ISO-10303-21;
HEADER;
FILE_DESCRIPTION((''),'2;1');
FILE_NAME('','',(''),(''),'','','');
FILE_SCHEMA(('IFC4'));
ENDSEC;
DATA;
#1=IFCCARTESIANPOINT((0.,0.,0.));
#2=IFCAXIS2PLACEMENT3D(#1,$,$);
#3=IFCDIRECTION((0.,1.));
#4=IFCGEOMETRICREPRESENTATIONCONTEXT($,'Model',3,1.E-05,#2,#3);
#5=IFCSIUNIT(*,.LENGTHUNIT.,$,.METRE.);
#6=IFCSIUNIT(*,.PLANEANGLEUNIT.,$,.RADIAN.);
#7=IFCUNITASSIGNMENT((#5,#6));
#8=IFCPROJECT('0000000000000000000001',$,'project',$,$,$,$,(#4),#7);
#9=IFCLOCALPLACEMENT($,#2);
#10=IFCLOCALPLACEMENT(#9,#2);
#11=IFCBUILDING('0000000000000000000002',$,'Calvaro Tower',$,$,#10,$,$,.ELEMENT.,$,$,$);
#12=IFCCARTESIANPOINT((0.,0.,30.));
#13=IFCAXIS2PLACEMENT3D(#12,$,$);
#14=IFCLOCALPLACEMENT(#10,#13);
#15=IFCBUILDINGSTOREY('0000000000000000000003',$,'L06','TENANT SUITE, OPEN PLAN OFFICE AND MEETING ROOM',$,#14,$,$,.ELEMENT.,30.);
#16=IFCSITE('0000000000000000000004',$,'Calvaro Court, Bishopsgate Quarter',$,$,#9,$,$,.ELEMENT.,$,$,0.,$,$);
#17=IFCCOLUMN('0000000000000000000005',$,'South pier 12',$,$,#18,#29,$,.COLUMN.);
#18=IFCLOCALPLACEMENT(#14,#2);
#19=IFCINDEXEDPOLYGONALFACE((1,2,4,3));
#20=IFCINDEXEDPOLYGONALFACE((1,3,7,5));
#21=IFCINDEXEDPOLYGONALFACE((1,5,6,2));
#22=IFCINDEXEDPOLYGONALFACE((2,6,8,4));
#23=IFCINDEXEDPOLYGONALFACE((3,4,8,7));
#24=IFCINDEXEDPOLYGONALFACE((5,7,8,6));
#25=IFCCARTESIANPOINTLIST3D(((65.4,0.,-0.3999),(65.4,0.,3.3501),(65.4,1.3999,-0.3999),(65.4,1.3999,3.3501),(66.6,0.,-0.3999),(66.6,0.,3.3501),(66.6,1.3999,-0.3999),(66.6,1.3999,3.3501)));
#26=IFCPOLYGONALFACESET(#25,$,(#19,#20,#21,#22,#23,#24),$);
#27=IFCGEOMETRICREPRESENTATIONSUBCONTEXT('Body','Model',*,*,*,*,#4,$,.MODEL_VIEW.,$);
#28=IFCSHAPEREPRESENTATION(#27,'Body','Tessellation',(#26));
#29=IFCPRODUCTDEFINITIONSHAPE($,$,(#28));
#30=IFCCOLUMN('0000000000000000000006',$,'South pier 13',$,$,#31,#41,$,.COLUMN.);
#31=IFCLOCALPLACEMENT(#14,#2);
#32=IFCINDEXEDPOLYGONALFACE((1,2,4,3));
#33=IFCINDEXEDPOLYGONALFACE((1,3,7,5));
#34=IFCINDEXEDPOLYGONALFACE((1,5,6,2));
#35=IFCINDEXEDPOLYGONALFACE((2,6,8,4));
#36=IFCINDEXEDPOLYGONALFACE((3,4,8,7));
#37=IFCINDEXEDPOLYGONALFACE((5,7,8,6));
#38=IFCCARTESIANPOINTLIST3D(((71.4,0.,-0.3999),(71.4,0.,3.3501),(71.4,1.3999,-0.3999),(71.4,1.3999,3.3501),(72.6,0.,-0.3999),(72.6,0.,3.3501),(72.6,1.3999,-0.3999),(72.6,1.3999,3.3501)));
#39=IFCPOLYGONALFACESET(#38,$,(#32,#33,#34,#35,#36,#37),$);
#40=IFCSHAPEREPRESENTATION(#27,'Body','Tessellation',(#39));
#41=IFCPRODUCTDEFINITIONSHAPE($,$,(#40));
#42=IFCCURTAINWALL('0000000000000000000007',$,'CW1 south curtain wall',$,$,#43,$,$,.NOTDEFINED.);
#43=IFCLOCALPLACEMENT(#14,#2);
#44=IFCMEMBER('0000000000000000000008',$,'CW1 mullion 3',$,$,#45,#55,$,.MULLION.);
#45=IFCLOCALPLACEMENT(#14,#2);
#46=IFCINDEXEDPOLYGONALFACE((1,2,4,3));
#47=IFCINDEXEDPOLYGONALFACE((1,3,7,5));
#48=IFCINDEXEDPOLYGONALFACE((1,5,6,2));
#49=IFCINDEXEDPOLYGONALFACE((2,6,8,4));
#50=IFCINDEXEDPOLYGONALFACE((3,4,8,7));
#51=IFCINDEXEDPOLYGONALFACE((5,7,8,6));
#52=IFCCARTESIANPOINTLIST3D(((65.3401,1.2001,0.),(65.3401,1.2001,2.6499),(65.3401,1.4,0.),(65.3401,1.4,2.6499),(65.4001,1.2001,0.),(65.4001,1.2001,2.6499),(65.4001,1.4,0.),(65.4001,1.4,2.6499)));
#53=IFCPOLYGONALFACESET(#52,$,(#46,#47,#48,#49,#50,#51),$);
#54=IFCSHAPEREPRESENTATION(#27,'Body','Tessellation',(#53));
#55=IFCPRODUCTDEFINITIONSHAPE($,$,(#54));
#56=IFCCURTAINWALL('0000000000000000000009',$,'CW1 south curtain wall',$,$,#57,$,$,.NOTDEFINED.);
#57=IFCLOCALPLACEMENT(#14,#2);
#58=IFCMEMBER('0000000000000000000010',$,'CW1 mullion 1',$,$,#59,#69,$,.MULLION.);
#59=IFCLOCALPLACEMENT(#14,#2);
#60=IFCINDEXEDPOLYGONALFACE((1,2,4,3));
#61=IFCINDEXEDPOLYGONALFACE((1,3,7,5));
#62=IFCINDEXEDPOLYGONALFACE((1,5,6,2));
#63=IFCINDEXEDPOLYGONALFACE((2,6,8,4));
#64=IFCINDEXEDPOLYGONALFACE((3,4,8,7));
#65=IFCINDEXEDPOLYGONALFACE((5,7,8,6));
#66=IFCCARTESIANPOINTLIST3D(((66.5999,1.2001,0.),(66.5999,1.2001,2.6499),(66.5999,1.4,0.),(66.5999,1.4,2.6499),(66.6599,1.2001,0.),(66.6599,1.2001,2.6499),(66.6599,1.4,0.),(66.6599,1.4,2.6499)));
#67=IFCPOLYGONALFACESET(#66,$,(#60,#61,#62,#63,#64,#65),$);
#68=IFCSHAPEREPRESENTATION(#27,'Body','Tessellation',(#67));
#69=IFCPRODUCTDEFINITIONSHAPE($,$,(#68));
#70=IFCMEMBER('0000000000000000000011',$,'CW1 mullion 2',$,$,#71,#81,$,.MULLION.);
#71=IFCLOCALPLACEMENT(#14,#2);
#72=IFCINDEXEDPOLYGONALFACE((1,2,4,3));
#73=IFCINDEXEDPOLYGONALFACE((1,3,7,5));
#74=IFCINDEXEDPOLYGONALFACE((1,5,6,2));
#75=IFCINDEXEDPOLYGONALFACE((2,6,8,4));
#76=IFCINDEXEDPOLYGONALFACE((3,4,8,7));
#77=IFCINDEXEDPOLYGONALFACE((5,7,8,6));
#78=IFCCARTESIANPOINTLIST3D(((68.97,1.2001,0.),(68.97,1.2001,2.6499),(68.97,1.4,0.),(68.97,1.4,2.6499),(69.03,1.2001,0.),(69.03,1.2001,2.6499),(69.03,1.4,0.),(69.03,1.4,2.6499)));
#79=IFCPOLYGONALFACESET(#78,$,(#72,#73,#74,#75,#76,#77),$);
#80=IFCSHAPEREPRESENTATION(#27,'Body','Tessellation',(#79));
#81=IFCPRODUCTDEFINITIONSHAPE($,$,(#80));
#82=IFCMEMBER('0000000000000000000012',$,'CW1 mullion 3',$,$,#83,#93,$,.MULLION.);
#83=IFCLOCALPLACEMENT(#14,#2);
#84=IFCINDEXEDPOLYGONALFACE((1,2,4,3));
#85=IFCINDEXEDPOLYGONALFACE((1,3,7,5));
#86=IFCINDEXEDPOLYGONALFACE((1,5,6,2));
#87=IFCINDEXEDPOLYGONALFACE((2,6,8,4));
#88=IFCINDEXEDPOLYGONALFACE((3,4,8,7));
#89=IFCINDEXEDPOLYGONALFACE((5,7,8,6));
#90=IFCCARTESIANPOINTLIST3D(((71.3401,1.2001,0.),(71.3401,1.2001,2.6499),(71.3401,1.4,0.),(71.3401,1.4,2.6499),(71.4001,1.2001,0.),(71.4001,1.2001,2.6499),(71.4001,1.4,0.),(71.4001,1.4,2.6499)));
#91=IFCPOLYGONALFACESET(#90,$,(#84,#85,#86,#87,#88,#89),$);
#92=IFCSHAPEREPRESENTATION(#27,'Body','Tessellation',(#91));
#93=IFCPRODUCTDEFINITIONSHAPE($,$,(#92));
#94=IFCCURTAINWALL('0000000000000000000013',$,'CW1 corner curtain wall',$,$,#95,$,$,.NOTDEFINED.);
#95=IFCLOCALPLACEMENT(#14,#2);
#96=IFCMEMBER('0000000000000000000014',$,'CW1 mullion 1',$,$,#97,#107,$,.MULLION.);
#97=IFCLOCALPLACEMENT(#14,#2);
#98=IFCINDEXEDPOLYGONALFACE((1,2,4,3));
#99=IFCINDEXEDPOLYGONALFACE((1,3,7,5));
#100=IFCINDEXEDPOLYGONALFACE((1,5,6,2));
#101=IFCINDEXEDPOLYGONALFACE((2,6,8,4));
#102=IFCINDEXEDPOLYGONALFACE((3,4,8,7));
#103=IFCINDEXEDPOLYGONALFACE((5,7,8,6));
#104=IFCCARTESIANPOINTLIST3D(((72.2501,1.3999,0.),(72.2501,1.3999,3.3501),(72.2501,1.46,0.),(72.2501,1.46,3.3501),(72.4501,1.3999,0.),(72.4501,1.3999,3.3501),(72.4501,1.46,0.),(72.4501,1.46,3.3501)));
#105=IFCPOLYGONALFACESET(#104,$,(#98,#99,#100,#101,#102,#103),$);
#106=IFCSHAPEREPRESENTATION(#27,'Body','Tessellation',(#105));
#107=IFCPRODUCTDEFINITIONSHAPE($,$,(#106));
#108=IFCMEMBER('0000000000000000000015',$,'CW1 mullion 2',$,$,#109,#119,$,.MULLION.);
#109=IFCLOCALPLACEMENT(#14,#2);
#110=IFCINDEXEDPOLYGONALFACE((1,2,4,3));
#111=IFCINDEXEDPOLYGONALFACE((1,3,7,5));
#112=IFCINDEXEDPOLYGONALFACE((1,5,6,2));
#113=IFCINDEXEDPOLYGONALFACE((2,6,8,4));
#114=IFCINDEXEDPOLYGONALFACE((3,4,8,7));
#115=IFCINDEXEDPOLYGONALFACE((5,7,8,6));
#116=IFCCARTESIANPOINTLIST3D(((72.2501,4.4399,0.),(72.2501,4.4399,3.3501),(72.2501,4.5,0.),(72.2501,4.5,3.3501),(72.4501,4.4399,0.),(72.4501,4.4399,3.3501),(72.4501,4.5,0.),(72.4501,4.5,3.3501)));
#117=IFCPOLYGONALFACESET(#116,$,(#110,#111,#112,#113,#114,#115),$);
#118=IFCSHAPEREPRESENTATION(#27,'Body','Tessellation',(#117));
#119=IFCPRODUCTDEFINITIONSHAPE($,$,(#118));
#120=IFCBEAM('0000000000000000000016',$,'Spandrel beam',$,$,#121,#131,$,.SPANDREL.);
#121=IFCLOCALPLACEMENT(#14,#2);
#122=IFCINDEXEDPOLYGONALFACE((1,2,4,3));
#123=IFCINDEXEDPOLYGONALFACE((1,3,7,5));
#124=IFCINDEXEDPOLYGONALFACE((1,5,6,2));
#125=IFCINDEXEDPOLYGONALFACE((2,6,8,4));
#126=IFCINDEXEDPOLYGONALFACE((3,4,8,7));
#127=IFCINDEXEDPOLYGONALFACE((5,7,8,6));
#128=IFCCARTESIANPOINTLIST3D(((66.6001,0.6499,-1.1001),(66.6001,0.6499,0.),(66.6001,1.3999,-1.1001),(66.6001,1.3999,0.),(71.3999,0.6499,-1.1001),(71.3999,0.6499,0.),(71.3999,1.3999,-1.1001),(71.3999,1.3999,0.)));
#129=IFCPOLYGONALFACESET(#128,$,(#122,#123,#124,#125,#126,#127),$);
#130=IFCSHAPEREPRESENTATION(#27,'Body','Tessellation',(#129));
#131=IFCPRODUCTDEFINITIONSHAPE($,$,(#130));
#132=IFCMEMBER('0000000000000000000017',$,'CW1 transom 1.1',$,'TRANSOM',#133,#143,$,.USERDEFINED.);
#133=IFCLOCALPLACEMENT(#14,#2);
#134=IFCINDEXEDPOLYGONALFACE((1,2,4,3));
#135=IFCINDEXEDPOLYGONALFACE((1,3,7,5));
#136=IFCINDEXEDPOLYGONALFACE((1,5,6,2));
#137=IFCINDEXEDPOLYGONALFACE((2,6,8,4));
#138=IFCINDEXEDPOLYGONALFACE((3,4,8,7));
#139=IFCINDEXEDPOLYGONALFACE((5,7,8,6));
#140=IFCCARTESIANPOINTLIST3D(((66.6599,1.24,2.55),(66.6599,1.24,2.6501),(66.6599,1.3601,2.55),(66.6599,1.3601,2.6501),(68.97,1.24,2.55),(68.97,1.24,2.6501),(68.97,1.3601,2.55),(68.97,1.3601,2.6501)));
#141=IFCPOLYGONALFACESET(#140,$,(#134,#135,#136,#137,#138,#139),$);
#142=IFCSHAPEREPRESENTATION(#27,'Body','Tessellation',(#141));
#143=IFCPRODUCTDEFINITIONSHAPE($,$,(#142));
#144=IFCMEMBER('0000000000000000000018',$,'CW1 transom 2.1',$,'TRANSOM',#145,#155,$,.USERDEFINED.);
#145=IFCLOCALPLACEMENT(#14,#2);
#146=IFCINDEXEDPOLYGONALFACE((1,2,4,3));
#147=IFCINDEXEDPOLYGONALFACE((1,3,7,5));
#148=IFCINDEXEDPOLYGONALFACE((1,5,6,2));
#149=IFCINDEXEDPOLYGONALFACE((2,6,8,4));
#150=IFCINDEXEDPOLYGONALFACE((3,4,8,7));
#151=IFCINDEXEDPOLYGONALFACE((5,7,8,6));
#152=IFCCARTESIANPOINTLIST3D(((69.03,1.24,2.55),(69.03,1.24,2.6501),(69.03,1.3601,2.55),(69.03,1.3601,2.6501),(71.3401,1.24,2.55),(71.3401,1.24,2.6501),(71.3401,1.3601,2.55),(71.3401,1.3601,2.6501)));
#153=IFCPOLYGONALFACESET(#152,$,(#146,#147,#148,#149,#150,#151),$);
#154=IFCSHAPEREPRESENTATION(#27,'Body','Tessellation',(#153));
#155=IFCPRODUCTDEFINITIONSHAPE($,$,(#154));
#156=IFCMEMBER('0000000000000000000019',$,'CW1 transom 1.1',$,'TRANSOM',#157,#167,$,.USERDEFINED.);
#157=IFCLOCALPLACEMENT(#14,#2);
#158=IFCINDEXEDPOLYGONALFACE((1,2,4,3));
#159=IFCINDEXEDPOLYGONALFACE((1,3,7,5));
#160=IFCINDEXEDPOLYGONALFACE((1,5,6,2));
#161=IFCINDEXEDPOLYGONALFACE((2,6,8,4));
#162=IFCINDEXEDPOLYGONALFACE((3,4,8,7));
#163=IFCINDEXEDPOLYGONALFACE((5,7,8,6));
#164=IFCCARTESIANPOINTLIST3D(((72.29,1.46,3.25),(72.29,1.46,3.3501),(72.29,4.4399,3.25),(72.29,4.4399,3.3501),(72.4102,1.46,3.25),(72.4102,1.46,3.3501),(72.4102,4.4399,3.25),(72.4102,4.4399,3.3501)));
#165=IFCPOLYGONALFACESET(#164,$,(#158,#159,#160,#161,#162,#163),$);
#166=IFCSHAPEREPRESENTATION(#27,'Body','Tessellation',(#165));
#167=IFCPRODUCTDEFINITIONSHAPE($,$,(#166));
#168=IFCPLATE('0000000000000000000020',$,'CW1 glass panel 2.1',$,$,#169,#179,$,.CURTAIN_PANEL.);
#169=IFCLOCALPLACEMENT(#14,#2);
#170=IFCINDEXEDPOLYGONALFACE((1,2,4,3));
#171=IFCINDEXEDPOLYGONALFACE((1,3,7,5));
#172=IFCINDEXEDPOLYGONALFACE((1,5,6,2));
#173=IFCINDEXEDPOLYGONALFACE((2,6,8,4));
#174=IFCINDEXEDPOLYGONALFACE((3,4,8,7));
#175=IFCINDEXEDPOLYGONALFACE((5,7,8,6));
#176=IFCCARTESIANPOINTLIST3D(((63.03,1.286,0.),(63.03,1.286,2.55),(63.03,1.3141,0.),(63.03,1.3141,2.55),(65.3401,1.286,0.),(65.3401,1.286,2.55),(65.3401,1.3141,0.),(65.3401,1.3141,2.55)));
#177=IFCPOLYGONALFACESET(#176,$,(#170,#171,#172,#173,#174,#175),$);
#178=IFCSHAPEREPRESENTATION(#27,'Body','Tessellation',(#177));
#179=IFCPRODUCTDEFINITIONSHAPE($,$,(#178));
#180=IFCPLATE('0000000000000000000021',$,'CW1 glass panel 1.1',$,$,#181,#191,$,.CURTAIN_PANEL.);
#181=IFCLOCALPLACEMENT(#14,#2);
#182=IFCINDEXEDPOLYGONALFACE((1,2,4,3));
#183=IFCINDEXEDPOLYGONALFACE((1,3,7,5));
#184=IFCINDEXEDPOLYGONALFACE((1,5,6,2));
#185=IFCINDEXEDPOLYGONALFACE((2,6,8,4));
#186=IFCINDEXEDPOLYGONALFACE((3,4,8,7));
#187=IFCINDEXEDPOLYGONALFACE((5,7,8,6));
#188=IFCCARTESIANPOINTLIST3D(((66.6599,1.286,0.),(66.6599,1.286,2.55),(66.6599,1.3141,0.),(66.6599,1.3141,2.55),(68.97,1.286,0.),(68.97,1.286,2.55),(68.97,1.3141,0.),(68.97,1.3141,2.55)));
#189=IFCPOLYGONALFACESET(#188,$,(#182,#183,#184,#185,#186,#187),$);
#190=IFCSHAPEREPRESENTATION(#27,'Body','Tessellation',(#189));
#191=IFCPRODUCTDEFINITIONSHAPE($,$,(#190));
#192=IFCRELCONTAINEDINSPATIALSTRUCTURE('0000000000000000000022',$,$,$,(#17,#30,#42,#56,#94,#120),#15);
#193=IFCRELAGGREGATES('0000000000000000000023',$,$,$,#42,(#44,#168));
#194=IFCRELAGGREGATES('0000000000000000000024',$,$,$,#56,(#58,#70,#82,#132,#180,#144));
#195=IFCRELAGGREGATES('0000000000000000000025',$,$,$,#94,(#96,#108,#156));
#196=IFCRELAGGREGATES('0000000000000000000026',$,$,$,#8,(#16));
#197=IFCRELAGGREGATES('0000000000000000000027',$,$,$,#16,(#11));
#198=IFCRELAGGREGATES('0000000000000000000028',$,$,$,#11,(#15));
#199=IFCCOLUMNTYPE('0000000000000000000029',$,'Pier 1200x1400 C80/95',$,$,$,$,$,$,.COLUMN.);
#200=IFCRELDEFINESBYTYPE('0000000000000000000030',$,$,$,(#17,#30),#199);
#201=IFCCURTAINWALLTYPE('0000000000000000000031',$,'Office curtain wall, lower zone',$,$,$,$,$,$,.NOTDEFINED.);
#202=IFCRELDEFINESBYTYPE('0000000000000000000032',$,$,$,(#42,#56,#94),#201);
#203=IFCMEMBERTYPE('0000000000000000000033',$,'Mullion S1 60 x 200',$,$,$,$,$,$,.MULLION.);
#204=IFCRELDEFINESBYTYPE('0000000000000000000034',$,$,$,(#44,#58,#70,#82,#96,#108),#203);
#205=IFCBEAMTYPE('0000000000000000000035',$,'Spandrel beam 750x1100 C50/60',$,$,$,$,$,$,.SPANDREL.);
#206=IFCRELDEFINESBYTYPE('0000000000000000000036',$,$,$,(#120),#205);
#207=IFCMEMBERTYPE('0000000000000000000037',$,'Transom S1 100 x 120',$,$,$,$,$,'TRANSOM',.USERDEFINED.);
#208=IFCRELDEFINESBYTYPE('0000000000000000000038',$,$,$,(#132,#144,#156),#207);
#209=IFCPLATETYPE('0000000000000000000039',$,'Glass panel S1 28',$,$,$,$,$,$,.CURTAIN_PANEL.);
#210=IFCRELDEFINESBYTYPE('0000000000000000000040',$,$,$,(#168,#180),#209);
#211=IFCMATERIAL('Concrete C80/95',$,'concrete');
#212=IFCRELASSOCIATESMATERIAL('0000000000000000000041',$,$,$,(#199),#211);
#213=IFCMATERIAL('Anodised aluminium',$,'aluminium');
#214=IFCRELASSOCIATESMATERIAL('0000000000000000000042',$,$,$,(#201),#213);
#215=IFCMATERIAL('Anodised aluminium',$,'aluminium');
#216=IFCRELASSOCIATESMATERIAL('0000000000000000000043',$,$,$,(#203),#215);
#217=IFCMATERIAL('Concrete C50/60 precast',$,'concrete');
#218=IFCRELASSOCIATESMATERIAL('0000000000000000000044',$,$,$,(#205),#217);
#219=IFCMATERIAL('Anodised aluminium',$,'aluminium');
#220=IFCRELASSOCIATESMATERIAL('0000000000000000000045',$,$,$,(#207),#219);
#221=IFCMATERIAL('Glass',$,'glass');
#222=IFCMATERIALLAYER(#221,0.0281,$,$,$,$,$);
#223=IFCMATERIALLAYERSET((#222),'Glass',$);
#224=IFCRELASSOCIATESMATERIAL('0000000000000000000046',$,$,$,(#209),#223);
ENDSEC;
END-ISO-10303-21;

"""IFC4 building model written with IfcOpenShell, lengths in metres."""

from ifc_helpers import new_model, si_unit, direction, frame, origin, origin_2d, place, context, subcontext, project, spatial, rectangle, extrude, material, layer, layer_set, material_profile, profile_set, type_object, element, aggregate, save


model = new_model("IFC4")

# Units and contexts
model_context = context("Model", 3, precision=1e-05, world=origin(), true_north=direction((0.0, 1.0)))
body_context = subcontext(model_context, "Body", "Model", "MODEL_VIEW")
ifc_project = project(units=[si_unit("LENGTHUNIT", "METRE"), si_unit("PLANEANGLEUNIT", "RADIAN")], contexts=[model_context])

# Site, building, storey
site_placement = place(None, origin())
site = spatial("IfcSite", under=ifc_project, at=site_placement, Name="Calvaro Court, Bishopsgate Quarter", CompositionType="ELEMENT", RefElevation=0.0)
building_placement = place(site_placement, origin())
building = spatial("IfcBuilding", under=site, at=building_placement, Name="Calvaro Tower", CompositionType="ELEMENT")
storey_placement = place(building_placement, frame((0.0, 0.0, 30.0)))
storey = spatial("IfcBuildingStorey", under=building, at=storey_placement, Name="L06", Description="TENANT SUITE, OPEN PLAN OFFICE AND MEETING ROOM", CompositionType="ELEMENT", Elevation=30.0)

# Columns
ifc_material_1 = material(Name="Concrete C80/95", Category="concrete")
ifc_material_profile_1 = material_profile(ifc_material_1, rectangle(XDim=1.2, YDim=1.3999, at=origin_2d()), Name="RC 1200x1400")
ifc_profile_set_1 = profile_set([ifc_material_profile_1], Name="Concrete C80/95")
column_type = type_object("IfcColumnType", Name="Pier 1200x1400 C80/95", PredefinedType="COLUMN", material=ifc_profile_set_1)
for number, where, z_axis, x_axis, name in (
    (1, (66.0, 0.7, -0.3999), (0.0, 0.0, 1.0), (1.0, 0.0, 0.0), "South pier 12"),
    (2, (72.0, 0.7, -0.3999), (0.0, 0.0, 1.0), (1.0, 0.0, 0.0), "South pier 13"),
):
    element("IfcColumn", number, at=place(storey_placement, frame(where, z_axis=z_axis, x_axis=x_axis)), inside=storey, type_object=column_type, Name=name, PredefinedType="COLUMN", context=body_context, shape_type="SweptSolid", body=[
        extrude(rectangle(XDim=1.2, YDim=1.3999, at=origin_2d()), origin(), (0.0, 0.0, 1.0), 3.75),
    ])

# Curtain wall, member
ifc_material_2 = material(Name="Anodised aluminium", Category="aluminium")
curtain_wall_type = type_object("IfcCurtainWallType", Name="Office curtain wall, lower zone", PredefinedType="NOTDEFINED", material=ifc_material_2)
curtain_wall_1_placement = place(storey_placement, origin())
curtain_wall_1 = element("IfcCurtainWall", 3, at=curtain_wall_1_placement, inside=storey, type_object=curtain_wall_type, Name="CW1 south curtain wall", PredefinedType="NOTDEFINED")
ifc_material_3 = material(Name="Anodised aluminium", Category="aluminium")
ifc_material_profile_2 = material_profile(ifc_material_3, rectangle(XDim=0.2, YDim=0.0601, at=origin_2d()), Name="Mullion S1 60 x 200")
ifc_profile_set_2 = profile_set([ifc_material_profile_2], Name="Anodised aluminium")
member_type_1 = type_object("IfcMemberType", Name="Mullion S1 60 x 200", PredefinedType="MULLION", material=ifc_profile_set_2)
member_1_placement = place(storey_placement, frame((65.3701, 1.3, 0.0), z_axis=(0.0, 0.0, 1.0), x_axis=(0.0, 1.0, 0.0)))
member_1 = element("IfcMember", 4, at=member_1_placement, type_object=member_type_1, Name="CW1 mullion 3", PredefinedType="MULLION", context=body_context, shape_type="SweptSolid", body=[
    extrude(rectangle(XDim=0.2, YDim=0.0601, at=origin_2d()), origin(), (0.0, 0.0, 1.0), 2.6499),
])

# Curtain walls, members
curtain_wall_2_placement = place(storey_placement, origin())
curtain_wall_2 = element("IfcCurtainWall", 5, at=curtain_wall_2_placement, inside=storey, type_object=curtain_wall_type, Name="CW1 south curtain wall", PredefinedType="NOTDEFINED")
member_2_placement = place(storey_placement, frame((66.6299, 1.3, 0.0), z_axis=(0.0, 0.0, 1.0), x_axis=(0.0, 1.0, 0.0)))
member_2 = element("IfcMember", 6, at=member_2_placement, type_object=member_type_1, Name="CW1 mullion 1", PredefinedType="MULLION", context=body_context, shape_type="SweptSolid", body=[
    extrude(rectangle(XDim=0.2, YDim=0.0601, at=origin_2d()), origin(), (0.0, 0.0, 1.0), 2.6499),
])
member_3_placement = place(storey_placement, frame((69.0, 1.3, 0.0), z_axis=(0.0, 0.0, 1.0), x_axis=(0.0, 1.0, 0.0)))
member_3 = element("IfcMember", 7, at=member_3_placement, type_object=member_type_1, Name="CW1 mullion 2", PredefinedType="MULLION", context=body_context, shape_type="SweptSolid", body=[
    extrude(rectangle(XDim=0.2, YDim=0.0601, at=origin_2d()), origin(), (0.0, 0.0, 1.0), 2.6499),
])
member_4_placement = place(storey_placement, frame((71.3701, 1.3, 0.0), z_axis=(0.0, 0.0, 1.0), x_axis=(0.0, 1.0, 0.0)))
member_4 = element("IfcMember", 8, at=member_4_placement, type_object=member_type_1, Name="CW1 mullion 3", PredefinedType="MULLION", context=body_context, shape_type="SweptSolid", body=[
    extrude(rectangle(XDim=0.2, YDim=0.0601, at=origin_2d()), origin(), (0.0, 0.0, 1.0), 2.6499),
])
curtain_wall_3_placement = place(storey_placement, origin())
curtain_wall_3 = element("IfcCurtainWall", 9, at=curtain_wall_3_placement, inside=storey, type_object=curtain_wall_type, Name="CW1 corner curtain wall", PredefinedType="NOTDEFINED")
member_5_placement = place(storey_placement, frame((72.3501, 1.4299, 0.0), z_axis=(0.0, 0.0, 1.0), x_axis=(-1.0, 0.0, 0.0)))
member_5 = element("IfcMember", 10, at=member_5_placement, type_object=member_type_1, Name="CW1 mullion 1", PredefinedType="MULLION", context=body_context, shape_type="SweptSolid", body=[
    extrude(rectangle(XDim=0.2, YDim=0.0601, at=origin_2d()), origin(), (0.0, 0.0, 1.0), 3.3501),
])
member_6_placement = place(storey_placement, frame((72.3501, 4.47, 0.0), z_axis=(0.0, 0.0, 1.0), x_axis=(-1.0, 0.0, 0.0)))
member_6 = element("IfcMember", 11, at=member_6_placement, type_object=member_type_1, Name="CW1 mullion 2", PredefinedType="MULLION", context=body_context, shape_type="SweptSolid", body=[
    extrude(rectangle(XDim=0.2, YDim=0.0601, at=origin_2d()), origin(), (0.0, 0.0, 1.0), 3.3501),
])

# Beam
ifc_material_4 = material(Name="Concrete C50/60 precast", Category="concrete")
ifc_material_profile_3 = material_profile(ifc_material_4, rectangle(XDim=0.75, YDim=1.1001, at=origin_2d()), Name="RC 750x1100")
ifc_profile_set_3 = profile_set([ifc_material_profile_3], Name="Concrete C50/60 precast")
beam_type = type_object("IfcBeamType", Name="Spandrel beam 750x1100 C50/60", PredefinedType="SPANDREL", material=ifc_profile_set_3)
beam_placement = place(storey_placement, frame((66.6001, 1.0249, -0.55), z_axis=(1.0, 0.0, 0.0), x_axis=(0.0, 1.0, 0.0)))
element("IfcBeam", 12, at=beam_placement, inside=storey, type_object=beam_type, Name="Spandrel beam", PredefinedType="SPANDREL", context=body_context, shape_type="SweptSolid", body=[
    extrude(rectangle(XDim=0.75, YDim=1.1001, at=origin_2d()), origin(), (0.0, 0.0, 1.0), 4.7998),
])

# Members
ifc_material_5 = material(Name="Anodised aluminium", Category="aluminium")
ifc_material_profile_4 = material_profile(ifc_material_5, rectangle(XDim=0.1201, YDim=0.1001, at=origin_2d()), Name="Transom S1 100 x 120")
ifc_profile_set_4 = profile_set([ifc_material_profile_4], Name="Anodised aluminium")
member_type_2 = type_object("IfcMemberType", Name="Transom S1 100 x 120", ElementType="TRANSOM", PredefinedType="USERDEFINED", material=ifc_profile_set_4)
member_7_placement = place(storey_placement, frame((66.6599, 1.3, 2.6001), z_axis=(1.0, 0.0, 0.0), x_axis=(0.0, 1.0, 0.0)))
member_7 = element("IfcMember", 13, at=member_7_placement, type_object=member_type_2, Name="CW1 transom 1.1", ObjectType="TRANSOM", PredefinedType="USERDEFINED", context=body_context, shape_type="SweptSolid", body=[
    extrude(rectangle(XDim=0.1201, YDim=0.1001, at=origin_2d()), origin(), (0.0, 0.0, 1.0), 2.3101),
])
member_8_placement = place(storey_placement, frame((69.03, 1.3, 2.6001), z_axis=(1.0, 0.0, 0.0), x_axis=(0.0, 1.0, 0.0)))
member_8 = element("IfcMember", 14, at=member_8_placement, type_object=member_type_2, Name="CW1 transom 2.1", ObjectType="TRANSOM", PredefinedType="USERDEFINED", context=body_context, shape_type="SweptSolid", body=[
    extrude(rectangle(XDim=0.1201, YDim=0.1001, at=origin_2d()), origin(), (0.0, 0.0, 1.0), 2.3101),
])
member_9_placement = place(storey_placement, frame((72.3501, 1.46, 3.3), z_axis=(0.0, 1.0, 0.0), x_axis=(-1.0, 0.0, 0.0)))
member_9 = element("IfcMember", 15, at=member_9_placement, type_object=member_type_2, Name="CW1 transom 1.1", ObjectType="TRANSOM", PredefinedType="USERDEFINED", context=body_context, shape_type="SweptSolid", body=[
    extrude(rectangle(XDim=0.1201, YDim=0.1001, at=origin_2d()), origin(), (0.0, 0.0, 1.0), 2.98),
])

# Plates
ifc_material_6 = material(Name="Glass", Category="glass")
ifc_layer_1 = layer(ifc_material_6, 0.0281)
ifc_layer_set_1 = layer_set([ifc_layer_1], Name="Glass")
plate_type = type_object("IfcPlateType", Name="Glass panel S1 28", PredefinedType="CURTAIN_PANEL", material=ifc_layer_set_1)
plate_1_placement = place(storey_placement, frame((64.1851, 1.3, 0.0), z_axis=(0.0, 0.0, 1.0), x_axis=(1.0, 0.0, 0.0)))
plate_1 = element("IfcPlate", 16, at=plate_1_placement, type_object=plate_type, Name="CW1 glass panel 2.1", PredefinedType="CURTAIN_PANEL", context=body_context, shape_type="SweptSolid", body=[
    extrude(rectangle(XDim=2.3101, YDim=0.0281, at=origin_2d()), origin(), (0.0, 0.0, 1.0), 2.55),
])
aggregate(curtain_wall_1, [member_1, plate_1])
plate_2_placement = place(storey_placement, frame((67.8149, 1.3, 0.0), z_axis=(0.0, 0.0, 1.0), x_axis=(1.0, 0.0, 0.0)))
plate_2 = element("IfcPlate", 17, at=plate_2_placement, type_object=plate_type, Name="CW1 glass panel 1.1", PredefinedType="CURTAIN_PANEL", context=body_context, shape_type="SweptSolid", body=[
    extrude(rectangle(XDim=2.3101, YDim=0.0281, at=origin_2d()), origin(), (0.0, 0.0, 1.0), 2.55),
])
aggregate(curtain_wall_2, [member_2, member_3, member_4, member_7, plate_2, member_8])
aggregate(curtain_wall_3, [member_5, member_6, member_9])

save(model, "model.ifc")
